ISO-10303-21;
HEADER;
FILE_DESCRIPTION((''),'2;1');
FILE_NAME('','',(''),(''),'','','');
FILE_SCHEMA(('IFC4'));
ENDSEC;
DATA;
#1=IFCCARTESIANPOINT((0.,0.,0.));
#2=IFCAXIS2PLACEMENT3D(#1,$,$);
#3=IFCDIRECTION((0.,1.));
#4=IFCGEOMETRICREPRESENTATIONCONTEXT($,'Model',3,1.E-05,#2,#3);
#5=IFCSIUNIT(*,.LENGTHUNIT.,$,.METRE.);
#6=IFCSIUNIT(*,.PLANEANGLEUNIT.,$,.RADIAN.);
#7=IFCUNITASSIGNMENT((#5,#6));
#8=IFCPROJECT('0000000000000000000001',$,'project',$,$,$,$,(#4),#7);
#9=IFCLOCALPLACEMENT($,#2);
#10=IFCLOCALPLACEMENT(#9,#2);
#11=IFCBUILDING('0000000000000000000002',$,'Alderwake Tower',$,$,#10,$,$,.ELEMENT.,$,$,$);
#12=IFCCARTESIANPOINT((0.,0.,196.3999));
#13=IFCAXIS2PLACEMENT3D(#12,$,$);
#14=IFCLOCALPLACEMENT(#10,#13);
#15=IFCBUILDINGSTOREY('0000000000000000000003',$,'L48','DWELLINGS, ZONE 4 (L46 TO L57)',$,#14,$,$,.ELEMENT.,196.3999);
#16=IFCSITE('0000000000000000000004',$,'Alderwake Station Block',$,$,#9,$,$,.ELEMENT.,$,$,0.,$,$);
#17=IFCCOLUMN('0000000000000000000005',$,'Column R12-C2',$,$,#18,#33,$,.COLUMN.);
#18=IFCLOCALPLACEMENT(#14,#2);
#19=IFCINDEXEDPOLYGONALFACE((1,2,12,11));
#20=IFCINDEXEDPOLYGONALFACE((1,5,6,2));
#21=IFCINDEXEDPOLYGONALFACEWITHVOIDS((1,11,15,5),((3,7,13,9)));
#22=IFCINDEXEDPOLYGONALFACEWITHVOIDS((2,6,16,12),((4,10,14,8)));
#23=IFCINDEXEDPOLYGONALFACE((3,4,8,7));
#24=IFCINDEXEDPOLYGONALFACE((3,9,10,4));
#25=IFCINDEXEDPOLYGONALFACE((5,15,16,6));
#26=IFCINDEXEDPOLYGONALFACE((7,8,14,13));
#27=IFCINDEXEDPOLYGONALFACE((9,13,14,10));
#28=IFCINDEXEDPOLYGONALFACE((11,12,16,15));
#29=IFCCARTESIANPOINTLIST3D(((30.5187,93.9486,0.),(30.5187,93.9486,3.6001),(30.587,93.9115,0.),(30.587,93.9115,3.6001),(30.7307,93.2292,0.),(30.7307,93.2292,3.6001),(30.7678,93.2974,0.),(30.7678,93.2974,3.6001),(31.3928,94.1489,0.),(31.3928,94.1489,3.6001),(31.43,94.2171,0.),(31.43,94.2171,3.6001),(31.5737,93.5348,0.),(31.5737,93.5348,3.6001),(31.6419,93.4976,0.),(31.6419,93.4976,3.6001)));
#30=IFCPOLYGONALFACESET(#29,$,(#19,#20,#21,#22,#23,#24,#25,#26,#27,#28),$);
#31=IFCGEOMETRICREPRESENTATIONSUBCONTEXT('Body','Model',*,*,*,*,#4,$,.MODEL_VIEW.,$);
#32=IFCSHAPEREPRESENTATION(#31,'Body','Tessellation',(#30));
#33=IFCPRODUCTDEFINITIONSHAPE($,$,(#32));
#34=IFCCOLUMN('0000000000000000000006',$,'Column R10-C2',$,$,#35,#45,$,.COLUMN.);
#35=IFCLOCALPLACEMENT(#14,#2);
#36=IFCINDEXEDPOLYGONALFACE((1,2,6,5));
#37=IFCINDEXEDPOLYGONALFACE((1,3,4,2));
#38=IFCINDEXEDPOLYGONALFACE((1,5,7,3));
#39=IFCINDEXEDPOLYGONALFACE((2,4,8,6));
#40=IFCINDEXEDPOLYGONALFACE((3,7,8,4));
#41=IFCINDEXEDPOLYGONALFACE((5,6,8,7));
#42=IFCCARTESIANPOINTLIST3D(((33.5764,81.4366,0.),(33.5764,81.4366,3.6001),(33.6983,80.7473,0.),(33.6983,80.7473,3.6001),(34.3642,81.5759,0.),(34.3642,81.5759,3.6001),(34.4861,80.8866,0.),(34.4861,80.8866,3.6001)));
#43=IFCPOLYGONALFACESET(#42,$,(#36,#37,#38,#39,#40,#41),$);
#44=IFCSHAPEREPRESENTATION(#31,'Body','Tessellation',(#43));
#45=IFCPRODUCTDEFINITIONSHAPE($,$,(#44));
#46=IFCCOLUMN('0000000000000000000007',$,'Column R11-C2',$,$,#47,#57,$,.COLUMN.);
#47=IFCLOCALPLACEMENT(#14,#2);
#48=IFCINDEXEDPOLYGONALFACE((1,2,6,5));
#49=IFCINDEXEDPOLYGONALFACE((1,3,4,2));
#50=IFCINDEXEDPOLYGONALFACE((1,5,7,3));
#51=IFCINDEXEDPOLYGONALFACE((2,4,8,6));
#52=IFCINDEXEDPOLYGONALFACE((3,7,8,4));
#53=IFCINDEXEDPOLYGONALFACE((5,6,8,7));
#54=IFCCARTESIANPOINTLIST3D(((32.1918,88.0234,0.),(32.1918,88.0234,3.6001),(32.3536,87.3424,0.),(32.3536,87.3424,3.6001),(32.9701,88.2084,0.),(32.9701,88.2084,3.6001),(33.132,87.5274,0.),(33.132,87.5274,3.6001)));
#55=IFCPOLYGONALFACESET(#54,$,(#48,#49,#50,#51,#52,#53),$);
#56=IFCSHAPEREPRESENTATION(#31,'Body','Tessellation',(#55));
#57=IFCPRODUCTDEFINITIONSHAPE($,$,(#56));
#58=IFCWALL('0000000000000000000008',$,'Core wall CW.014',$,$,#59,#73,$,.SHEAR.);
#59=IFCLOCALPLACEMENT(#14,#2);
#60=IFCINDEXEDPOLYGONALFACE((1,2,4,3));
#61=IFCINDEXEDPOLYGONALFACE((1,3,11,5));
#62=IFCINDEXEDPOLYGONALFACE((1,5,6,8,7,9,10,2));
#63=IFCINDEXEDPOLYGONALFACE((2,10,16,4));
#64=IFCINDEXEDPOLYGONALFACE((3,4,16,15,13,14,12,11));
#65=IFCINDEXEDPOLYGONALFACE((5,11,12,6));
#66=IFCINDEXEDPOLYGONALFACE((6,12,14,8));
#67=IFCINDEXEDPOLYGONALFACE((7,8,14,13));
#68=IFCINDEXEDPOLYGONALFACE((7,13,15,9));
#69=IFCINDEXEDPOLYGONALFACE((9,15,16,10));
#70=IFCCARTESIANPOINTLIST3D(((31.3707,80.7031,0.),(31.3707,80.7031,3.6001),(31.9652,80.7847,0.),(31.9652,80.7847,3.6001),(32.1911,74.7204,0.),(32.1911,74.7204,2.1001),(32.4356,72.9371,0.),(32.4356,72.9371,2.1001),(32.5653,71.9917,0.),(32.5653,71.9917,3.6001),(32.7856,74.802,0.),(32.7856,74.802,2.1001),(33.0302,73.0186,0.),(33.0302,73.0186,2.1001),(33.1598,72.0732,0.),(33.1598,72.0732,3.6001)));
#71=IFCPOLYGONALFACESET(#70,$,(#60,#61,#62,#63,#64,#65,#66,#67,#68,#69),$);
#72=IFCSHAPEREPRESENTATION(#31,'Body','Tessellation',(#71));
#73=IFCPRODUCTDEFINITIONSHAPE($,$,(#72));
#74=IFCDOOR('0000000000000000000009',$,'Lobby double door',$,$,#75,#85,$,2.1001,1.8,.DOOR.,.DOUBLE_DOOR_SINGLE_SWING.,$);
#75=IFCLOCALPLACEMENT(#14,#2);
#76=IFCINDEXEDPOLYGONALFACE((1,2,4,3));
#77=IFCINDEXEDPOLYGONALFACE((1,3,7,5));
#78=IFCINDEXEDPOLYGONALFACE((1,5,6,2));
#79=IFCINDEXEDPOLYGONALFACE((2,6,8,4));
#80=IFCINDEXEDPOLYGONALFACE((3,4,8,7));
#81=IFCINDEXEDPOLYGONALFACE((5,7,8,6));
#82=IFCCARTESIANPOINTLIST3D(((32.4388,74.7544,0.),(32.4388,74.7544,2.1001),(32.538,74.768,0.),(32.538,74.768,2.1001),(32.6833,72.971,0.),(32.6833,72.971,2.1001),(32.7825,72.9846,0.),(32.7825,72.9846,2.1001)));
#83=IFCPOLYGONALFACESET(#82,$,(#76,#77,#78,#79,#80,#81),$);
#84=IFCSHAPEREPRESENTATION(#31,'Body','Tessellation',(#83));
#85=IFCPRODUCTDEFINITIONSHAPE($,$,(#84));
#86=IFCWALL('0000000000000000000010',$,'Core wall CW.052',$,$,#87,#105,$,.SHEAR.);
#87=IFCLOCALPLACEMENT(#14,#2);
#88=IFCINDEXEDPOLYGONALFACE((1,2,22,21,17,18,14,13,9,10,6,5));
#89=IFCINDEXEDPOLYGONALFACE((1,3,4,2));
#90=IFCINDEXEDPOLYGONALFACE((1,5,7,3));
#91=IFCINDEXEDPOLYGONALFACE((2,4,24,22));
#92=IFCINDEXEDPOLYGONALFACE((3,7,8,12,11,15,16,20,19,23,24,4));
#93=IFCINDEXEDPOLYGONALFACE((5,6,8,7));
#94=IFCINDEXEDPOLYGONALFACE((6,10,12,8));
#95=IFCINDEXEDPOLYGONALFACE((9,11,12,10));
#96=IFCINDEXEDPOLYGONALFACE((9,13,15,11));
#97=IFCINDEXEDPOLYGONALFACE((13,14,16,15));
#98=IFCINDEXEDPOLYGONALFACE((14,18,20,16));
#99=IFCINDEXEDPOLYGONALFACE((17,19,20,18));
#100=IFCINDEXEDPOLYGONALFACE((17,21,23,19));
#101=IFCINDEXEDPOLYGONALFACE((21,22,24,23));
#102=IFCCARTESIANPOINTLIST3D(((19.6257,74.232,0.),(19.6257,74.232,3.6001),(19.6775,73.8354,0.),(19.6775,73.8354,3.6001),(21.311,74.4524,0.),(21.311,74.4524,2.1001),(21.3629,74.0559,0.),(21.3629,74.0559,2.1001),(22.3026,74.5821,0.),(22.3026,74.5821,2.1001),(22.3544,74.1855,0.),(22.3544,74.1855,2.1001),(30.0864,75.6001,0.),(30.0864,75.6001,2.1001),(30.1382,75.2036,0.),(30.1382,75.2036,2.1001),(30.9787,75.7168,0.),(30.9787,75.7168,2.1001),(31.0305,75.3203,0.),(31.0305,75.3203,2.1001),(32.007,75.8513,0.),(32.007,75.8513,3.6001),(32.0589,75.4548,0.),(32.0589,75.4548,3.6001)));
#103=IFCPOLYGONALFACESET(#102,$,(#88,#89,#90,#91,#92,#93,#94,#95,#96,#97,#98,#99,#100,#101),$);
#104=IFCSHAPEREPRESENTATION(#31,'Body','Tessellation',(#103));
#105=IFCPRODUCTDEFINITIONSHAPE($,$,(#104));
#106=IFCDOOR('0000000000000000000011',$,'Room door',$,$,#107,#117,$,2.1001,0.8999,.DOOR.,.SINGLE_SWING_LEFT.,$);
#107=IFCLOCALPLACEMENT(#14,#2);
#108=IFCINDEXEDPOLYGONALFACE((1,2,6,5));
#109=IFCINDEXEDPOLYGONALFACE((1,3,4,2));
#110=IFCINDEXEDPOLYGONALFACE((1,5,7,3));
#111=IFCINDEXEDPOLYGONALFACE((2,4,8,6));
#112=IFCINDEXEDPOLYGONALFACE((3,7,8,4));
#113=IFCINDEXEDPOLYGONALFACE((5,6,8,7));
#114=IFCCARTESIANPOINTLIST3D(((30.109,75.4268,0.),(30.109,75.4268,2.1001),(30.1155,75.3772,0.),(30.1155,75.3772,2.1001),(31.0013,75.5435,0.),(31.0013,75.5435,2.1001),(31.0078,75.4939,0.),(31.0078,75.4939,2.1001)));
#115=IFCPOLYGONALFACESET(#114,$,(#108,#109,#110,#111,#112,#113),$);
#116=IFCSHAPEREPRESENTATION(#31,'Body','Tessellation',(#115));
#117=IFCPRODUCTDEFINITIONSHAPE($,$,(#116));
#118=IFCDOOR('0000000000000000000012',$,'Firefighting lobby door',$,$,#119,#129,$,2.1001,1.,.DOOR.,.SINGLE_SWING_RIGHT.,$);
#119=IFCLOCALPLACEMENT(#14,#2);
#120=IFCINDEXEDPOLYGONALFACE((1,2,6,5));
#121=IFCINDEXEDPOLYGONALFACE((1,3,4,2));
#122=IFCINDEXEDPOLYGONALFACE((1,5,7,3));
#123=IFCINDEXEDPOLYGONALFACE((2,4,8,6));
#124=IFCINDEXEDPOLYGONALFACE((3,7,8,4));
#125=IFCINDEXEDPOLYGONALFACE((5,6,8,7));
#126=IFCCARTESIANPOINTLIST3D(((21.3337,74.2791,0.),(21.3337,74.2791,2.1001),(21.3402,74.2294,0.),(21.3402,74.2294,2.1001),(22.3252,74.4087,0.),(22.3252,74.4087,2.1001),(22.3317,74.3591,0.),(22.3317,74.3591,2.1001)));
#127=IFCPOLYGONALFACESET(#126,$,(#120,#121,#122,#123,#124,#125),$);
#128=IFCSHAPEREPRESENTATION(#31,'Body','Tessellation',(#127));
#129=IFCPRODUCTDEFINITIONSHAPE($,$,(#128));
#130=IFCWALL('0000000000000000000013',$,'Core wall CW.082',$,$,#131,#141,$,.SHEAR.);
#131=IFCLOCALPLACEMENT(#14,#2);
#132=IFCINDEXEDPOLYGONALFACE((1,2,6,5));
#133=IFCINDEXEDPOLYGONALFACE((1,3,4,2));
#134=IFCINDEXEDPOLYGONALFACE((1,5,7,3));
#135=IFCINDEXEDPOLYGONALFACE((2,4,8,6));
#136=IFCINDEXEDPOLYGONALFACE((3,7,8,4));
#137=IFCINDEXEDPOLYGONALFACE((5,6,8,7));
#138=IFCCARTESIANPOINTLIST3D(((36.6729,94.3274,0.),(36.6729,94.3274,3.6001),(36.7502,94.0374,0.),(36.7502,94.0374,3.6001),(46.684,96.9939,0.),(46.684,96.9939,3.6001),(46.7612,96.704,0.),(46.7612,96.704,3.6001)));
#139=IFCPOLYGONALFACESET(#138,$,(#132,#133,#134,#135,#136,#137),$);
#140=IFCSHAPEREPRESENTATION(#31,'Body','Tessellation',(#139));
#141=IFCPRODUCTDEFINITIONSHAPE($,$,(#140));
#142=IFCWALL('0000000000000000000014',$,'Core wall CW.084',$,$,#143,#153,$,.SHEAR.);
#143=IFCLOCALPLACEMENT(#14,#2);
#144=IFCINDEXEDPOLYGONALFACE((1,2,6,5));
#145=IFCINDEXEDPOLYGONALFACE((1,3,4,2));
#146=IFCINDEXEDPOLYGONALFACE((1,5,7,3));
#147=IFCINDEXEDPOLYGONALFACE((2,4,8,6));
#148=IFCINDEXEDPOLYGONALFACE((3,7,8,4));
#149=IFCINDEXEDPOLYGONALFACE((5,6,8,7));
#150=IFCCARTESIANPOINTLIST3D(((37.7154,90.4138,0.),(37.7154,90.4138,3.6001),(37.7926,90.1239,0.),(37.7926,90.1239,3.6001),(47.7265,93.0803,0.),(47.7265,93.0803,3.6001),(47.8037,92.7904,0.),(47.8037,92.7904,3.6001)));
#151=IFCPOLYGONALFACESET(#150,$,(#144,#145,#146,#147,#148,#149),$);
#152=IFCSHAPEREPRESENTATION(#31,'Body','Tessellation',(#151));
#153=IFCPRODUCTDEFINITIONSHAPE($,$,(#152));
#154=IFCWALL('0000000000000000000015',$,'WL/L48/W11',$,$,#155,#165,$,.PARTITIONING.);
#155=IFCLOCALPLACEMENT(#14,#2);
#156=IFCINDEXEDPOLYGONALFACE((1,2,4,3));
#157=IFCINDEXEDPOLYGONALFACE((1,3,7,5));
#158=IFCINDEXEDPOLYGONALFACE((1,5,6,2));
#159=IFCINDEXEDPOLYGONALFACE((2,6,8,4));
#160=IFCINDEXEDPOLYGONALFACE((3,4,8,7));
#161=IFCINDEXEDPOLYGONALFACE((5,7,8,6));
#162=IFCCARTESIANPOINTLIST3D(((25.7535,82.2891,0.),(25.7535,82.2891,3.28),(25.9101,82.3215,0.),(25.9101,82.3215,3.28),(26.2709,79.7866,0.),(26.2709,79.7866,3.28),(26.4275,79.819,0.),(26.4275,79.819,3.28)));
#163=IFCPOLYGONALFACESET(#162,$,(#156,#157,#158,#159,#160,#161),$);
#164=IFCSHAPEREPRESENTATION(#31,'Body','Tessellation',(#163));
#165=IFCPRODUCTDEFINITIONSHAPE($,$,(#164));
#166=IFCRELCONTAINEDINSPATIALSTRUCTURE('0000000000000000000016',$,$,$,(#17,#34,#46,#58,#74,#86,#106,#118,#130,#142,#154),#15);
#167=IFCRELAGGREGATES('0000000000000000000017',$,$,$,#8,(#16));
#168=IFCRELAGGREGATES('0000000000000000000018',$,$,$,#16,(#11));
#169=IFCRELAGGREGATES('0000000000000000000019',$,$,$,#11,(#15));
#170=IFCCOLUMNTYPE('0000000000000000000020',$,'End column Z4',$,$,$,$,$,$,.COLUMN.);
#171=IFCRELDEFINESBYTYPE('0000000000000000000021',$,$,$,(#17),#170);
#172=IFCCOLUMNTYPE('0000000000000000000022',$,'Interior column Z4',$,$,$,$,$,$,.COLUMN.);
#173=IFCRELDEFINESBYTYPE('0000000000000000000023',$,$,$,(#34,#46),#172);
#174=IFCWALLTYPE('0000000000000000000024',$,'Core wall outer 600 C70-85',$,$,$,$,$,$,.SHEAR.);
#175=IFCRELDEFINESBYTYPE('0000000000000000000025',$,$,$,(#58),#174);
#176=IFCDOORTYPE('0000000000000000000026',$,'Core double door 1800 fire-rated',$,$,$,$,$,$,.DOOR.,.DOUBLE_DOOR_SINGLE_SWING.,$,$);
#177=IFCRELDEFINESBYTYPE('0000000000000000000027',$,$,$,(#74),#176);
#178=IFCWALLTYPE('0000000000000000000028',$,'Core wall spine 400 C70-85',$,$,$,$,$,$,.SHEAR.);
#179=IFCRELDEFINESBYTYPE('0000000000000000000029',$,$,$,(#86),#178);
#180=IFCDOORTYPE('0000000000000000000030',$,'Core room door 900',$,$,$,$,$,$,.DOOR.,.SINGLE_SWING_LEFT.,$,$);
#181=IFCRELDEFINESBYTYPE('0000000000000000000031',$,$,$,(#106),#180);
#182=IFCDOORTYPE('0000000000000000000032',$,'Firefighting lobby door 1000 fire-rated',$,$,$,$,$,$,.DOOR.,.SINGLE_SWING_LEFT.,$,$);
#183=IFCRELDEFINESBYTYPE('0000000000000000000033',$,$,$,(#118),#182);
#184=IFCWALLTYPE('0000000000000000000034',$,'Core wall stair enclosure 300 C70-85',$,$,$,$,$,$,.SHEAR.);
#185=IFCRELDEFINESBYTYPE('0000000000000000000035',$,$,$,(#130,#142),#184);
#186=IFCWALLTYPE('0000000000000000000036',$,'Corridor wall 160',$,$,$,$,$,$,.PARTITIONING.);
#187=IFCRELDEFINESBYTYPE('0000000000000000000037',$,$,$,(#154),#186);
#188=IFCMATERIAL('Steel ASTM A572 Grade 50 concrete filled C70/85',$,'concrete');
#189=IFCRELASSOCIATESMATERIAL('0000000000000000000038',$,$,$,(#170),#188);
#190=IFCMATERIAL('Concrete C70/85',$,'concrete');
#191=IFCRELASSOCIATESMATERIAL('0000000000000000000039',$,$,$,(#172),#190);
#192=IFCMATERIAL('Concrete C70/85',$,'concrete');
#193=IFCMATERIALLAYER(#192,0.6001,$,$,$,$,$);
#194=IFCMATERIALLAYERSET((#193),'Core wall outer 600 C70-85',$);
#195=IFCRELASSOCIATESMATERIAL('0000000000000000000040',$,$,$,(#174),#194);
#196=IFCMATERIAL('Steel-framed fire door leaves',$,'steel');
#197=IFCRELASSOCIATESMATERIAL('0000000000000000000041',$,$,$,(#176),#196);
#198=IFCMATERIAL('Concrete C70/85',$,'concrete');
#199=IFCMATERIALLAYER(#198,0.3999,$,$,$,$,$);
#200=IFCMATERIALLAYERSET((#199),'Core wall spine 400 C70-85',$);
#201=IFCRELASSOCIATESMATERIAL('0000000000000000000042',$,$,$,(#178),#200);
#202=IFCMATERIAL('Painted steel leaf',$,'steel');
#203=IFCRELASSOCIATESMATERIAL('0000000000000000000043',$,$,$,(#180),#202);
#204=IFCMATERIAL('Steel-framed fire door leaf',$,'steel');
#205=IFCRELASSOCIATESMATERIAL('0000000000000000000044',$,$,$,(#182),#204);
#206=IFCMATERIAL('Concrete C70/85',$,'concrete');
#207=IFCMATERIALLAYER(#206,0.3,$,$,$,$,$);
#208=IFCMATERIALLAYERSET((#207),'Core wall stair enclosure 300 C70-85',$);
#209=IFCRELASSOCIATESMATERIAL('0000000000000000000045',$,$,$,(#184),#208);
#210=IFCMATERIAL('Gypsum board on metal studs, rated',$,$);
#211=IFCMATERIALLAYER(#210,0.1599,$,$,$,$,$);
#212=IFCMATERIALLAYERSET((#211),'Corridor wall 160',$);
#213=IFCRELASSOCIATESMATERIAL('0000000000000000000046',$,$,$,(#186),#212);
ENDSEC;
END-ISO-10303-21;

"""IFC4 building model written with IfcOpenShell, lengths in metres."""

from ifc_helpers import new_model, si_unit, direction, frame, frame_2d, origin, origin_2d, place, context, subcontext, project, spatial, rectangle, hollow_rectangle, extrude, material, layer, layer_set, material_profile, profile_set, type_object, element, fill, save


model = new_model("IFC4")

# Units and contexts
model_context = context("Model", 3, precision=1e-05, world=origin(), true_north=direction((0.0, 1.0)))
body_context = subcontext(model_context, "Body", "Model", "MODEL_VIEW")
ifc_project = project(units=[si_unit("LENGTHUNIT", "METRE"), si_unit("PLANEANGLEUNIT", "RADIAN")], contexts=[model_context])

# Site, building, storey
site_placement = place(None, origin())
site = spatial("IfcSite", under=ifc_project, at=site_placement, Name="Alderwake Station Block", CompositionType="ELEMENT", RefElevation=0.0)
building_placement = place(site_placement, origin())
building = spatial("IfcBuilding", under=site, at=building_placement, Name="Alderwake Tower", CompositionType="ELEMENT")
storey_placement = place(building_placement, frame((0.0, 0.0, 196.3999)))
storey = spatial("IfcBuildingStorey", under=building, at=storey_placement, Name="L48", Description="DWELLINGS, ZONE 4 (L46 TO L57)", CompositionType="ELEMENT", Elevation=196.3999)

# Columns
ifc_material_1 = material(Name="Steel ASTM A572 Grade 50 concrete filled C70/85", Category="concrete")
ifc_material_profile_1 = material_profile(ifc_material_1, hollow_rectangle(XDim=0.75, YDim=0.95, WallThickness=0.0549, at=origin_2d()), Name="BOX 950X750X55")
ifc_profile_set_1 = profile_set([ifc_material_profile_1], Name="Steel ASTM A572 Grade 50 concrete filled C70/85")
column_type_1 = type_object("IfcColumnType", Name="End column Z4", PredefinedType="COLUMN", material=ifc_profile_set_1)
column_placement = place(storey_placement, frame((31.0803, 93.7231, 0.0), z_axis=(0.0, 0.0, 1.0), x_axis=(-0.282583, 0.959243, 0.0)))
element("IfcColumn", 1, at=column_placement, inside=storey, type_object=column_type_1, Name="Column R12-C2", PredefinedType="COLUMN", context=body_context, shape_type="SweptSolid", body=[
    extrude(hollow_rectangle(XDim=0.75, YDim=0.95, WallThickness=0.0549, at=origin_2d()), origin(), (0.0, 0.0, 1.0), 3.6001),
])
ifc_material_2 = material(Name="Concrete C70/85", Category="concrete")
ifc_material_profile_2 = material_profile(ifc_material_2, rectangle(XDim=0.7, YDim=0.8, at=origin_2d()), Name="RC 800X700")
ifc_profile_set_2 = profile_set([ifc_material_profile_2], Name="Concrete C70/85")
column_type_2 = type_object("IfcColumnType", Name="Interior column Z4", PredefinedType="COLUMN", material=ifc_profile_set_2)
for number, where, z_axis, x_axis, name in (
    (2, (34.0312, 81.1616, 0.0), (0.0, 0.0, 1.0), (-0.174109, 0.984726, 0.0), "Column R10-C2"),
    (3, (32.6619, 87.7754, 0.0), (0.0, 0.0, 1.0), (-0.231222, 0.972901, 0.0), "Column R11-C2"),
):
    element("IfcColumn", number, at=place(storey_placement, frame(where, z_axis=z_axis, x_axis=x_axis)), inside=storey, type_object=column_type_2, Name=name, PredefinedType="COLUMN", context=body_context, shape_type="SweptSolid", body=[
        extrude(rectangle(XDim=0.7, YDim=0.8, at=origin_2d()), origin(), (0.0, 0.0, 1.0), 3.6001),
    ])

# Wall, opening, door
ifc_material_3 = material(Name="Concrete C70/85", Category="concrete")
ifc_layer_1 = layer(ifc_material_3, 0.6001)
ifc_layer_set_1 = layer_set([ifc_layer_1], Name="Core wall outer 600 C70-85")
wall_type_1 = type_object("IfcWallType", Name="Core wall outer 600 C70-85", PredefinedType="SHEAR", material=ifc_layer_set_1)
wall_1_placement = place(storey_placement, frame((31.668, 80.7439, 0.0), z_axis=(0.0, 0.0, 1.0), x_axis=(0.135857, -0.990729, 0.0)))
wall_1 = element("IfcWall", 4, at=wall_1_placement, inside=storey, type_object=wall_type_1, Name="Core wall CW.014", PredefinedType="SHEAR", context=body_context, shape_type="SweptSolid", body=[
    extrude(rectangle(XDim=8.793, YDim=0.6001, at=frame_2d((4.3965, 0.0))), origin(), (0.0, 0.0, 1.0), 3.6001),
])
opening_1_placement = place(wall_1_placement, frame((6.0388, 0.0, 0.0)))
opening_1 = element("IfcOpeningElement", 5, at=opening_1_placement, cuts=wall_1, PredefinedType="OPENING", context=body_context, shape_type="SweptSolid", body=[
    extrude(rectangle(XDim=1.8, YDim=2.1001, at=frame_2d((0.8999, 1.05))), frame((0.0, 0.3101, 0.0), z_axis=(0.0, -1.0, 0.0), x_axis=(1.0, 0.0, 0.0)), (0.0, 0.0, 1.0), 0.6201),
])
ifc_material_4 = material(Name="Steel-framed fire door leaves", Category="steel")
door_type_1 = type_object("IfcDoorType", Name="Core double door 1800 fire-rated", OperationType="DOUBLE_DOOR_SINGLE_SWING", PredefinedType="DOOR", material=ifc_material_4)
door_1_placement = place(opening_1_placement, origin())
door_1 = element("IfcDoor", 6, at=door_1_placement, inside=storey, type_object=door_type_1, Name="Lobby double door", OperationType="DOUBLE_DOOR_SINGLE_SWING", OverallHeight=2.1001, OverallWidth=1.8, PredefinedType="DOOR", context=body_context, shape_type="SweptSolid", body=[
    extrude(rectangle(XDim=1.8, YDim=2.1001, at=frame_2d((0.8999, 1.05))), frame((0.0, 0.05, 0.0), z_axis=(0.0, -1.0, 0.0), x_axis=(1.0, 0.0, 0.0)), (0.0, 0.0, 1.0), 0.1001),
])
fill(opening_1, door_1)

# Wall, openings, doors
ifc_material_5 = material(Name="Concrete C70/85", Category="concrete")
ifc_layer_2 = layer(ifc_material_5, 0.3999)
ifc_layer_set_2 = layer_set([ifc_layer_2], Name="Core wall spine 400 C70-85")
wall_type_2 = type_object("IfcWallType", Name="Core wall spine 400 C70-85", PredefinedType="SHEAR", material=ifc_layer_set_2)
wall_2_placement = place(storey_placement, frame((32.033, 75.6531, 0.0), z_axis=(0.0, 0.0, 1.0), x_axis=(-0.991555, -0.129688, 0.0)))
wall_2 = element("IfcWall", 7, at=wall_2_placement, inside=storey, type_object=wall_type_2, Name="Core wall CW.052", PredefinedType="SHEAR", context=body_context, shape_type="SweptSolid", body=[
    extrude(rectangle(XDim=12.4868, YDim=0.3999, at=frame_2d((6.2434, 0.0))), origin(), (0.0, 0.0, 1.0), 3.6001),
])
opening_2_placement = place(wall_2_placement, frame((9.7871, 0.0, 0.0)))
opening_2 = element("IfcOpeningElement", 8, at=opening_2_placement, cuts=wall_2, PredefinedType="OPENING", context=body_context, shape_type="SweptSolid", body=[
    extrude(rectangle(XDim=1.0, YDim=2.1001, at=frame_2d((0.5, 1.05))), frame((0.0, 0.21, 0.0), z_axis=(0.0, -1.0, 0.0), x_axis=(1.0, 0.0, 0.0)), (0.0, 0.0, 1.0), 0.4199),
])
opening_3_placement = place(wall_2_placement, frame((1.0371, 0.0, 0.0)))
opening_3 = element("IfcOpeningElement", 9, at=opening_3_placement, cuts=wall_2, PredefinedType="OPENING", context=body_context, shape_type="SweptSolid", body=[
    extrude(rectangle(XDim=0.8999, YDim=2.1001, at=frame_2d((0.45, 1.05))), frame((0.0, 0.21, 0.0), z_axis=(0.0, -1.0, 0.0), x_axis=(1.0, 0.0, 0.0)), (0.0, 0.0, 1.0), 0.4199),
])
ifc_material_6 = material(Name="Painted steel leaf", Category="steel")
door_type_2 = type_object("IfcDoorType", Name="Core room door 900", OperationType="SINGLE_SWING_LEFT", PredefinedType="DOOR", material=ifc_material_6)
door_2_placement = place(opening_3_placement, origin())
door_2 = element("IfcDoor", 10, at=door_2_placement, inside=storey, type_object=door_type_2, Name="Room door", OperationType="SINGLE_SWING_LEFT", OverallHeight=2.1001, OverallWidth=0.8999, PredefinedType="DOOR", context=body_context, shape_type="SweptSolid", body=[
    extrude(rectangle(XDim=0.8999, YDim=2.1001, at=frame_2d((0.45, 1.05))), frame((0.0, 0.0249, 0.0), z_axis=(0.0, -1.0, 0.0), x_axis=(1.0, 0.0, 0.0)), (0.0, 0.0, 1.0), 0.05),
])
fill(opening_3, door_2)
ifc_material_7 = material(Name="Steel-framed fire door leaf", Category="steel")
door_type_3 = type_object("IfcDoorType", Name="Firefighting lobby door 1000 fire-rated", OperationType="SINGLE_SWING_LEFT", PredefinedType="DOOR", material=ifc_material_7)
door_3_placement = place(opening_2_placement, origin())
door_3 = element("IfcDoor", 11, at=door_3_placement, inside=storey, type_object=door_type_3, Name="Firefighting lobby door", OperationType="SINGLE_SWING_RIGHT", OverallHeight=2.1001, OverallWidth=1.0, PredefinedType="DOOR", context=body_context, shape_type="SweptSolid", body=[
    extrude(rectangle(XDim=1.0, YDim=2.1001, at=frame_2d((0.5, 1.05))), frame((0.0, 0.0249, 0.0), z_axis=(0.0, -1.0, 0.0), x_axis=(1.0, 0.0, 0.0)), (0.0, 0.0, 1.0), 0.05),
])
fill(opening_2, door_3)

# Walls
ifc_material_8 = material(Name="Concrete C70/85", Category="concrete")
ifc_layer_3 = layer(ifc_material_8, 0.3)
ifc_layer_set_3 = layer_set([ifc_layer_3], Name="Core wall stair enclosure 300 C70-85")
wall_type_3 = type_object("IfcWallType", Name="Core wall stair enclosure 300 C70-85", PredefinedType="SHEAR", material=ifc_layer_set_3)
for number, where, z_axis, x_axis, name in (
    (12, (36.7114, 94.1824, 0.0), (0.0, 0.0, 1.0), (0.966309, 0.257384, 0.0), "Core wall CW.082"),
    (13, (37.7539, 90.2688, 0.0), (0.0, 0.0, 1.0), (0.966309, 0.257384, 0.0), "Core wall CW.084"),
):
    element("IfcWall", number, at=place(storey_placement, frame(where, z_axis=z_axis, x_axis=x_axis)), inside=storey, type_object=wall_type_3, Name=name, PredefinedType="SHEAR", context=body_context, shape_type="SweptSolid", body=[
        extrude(rectangle(XDim=10.3601, YDim=0.3, at=frame_2d((5.1802, 0.0))), origin(), (0.0, 0.0, 1.0), 3.6001),
    ])
ifc_material_9 = material(Name="Gypsum board on metal studs, rated")
ifc_layer_4 = layer(ifc_material_9, 0.1599)
ifc_layer_set_4 = layer_set([ifc_layer_4], Name="Corridor wall 160")
wall_type_4 = type_object("IfcWallType", Name="Corridor wall 160", PredefinedType="PARTITIONING", material=ifc_layer_set_4)
wall_3_placement = place(storey_placement, frame((25.8318, 82.3054, 0.0), z_axis=(0.0, 0.0, 1.0), x_axis=(0.202451, -0.979292, 0.0)))
element("IfcWall", 14, at=wall_3_placement, inside=storey, type_object=wall_type_4, Name="WL/L48/W11", PredefinedType="PARTITIONING", context=body_context, shape_type="SweptSolid", body=[
    extrude(rectangle(XDim=2.5554, YDim=0.1599, at=frame_2d((1.2778, 0.0))), origin(), (0.0, 0.0, 1.0), 3.28),
])

save(model, "model.ifc")
